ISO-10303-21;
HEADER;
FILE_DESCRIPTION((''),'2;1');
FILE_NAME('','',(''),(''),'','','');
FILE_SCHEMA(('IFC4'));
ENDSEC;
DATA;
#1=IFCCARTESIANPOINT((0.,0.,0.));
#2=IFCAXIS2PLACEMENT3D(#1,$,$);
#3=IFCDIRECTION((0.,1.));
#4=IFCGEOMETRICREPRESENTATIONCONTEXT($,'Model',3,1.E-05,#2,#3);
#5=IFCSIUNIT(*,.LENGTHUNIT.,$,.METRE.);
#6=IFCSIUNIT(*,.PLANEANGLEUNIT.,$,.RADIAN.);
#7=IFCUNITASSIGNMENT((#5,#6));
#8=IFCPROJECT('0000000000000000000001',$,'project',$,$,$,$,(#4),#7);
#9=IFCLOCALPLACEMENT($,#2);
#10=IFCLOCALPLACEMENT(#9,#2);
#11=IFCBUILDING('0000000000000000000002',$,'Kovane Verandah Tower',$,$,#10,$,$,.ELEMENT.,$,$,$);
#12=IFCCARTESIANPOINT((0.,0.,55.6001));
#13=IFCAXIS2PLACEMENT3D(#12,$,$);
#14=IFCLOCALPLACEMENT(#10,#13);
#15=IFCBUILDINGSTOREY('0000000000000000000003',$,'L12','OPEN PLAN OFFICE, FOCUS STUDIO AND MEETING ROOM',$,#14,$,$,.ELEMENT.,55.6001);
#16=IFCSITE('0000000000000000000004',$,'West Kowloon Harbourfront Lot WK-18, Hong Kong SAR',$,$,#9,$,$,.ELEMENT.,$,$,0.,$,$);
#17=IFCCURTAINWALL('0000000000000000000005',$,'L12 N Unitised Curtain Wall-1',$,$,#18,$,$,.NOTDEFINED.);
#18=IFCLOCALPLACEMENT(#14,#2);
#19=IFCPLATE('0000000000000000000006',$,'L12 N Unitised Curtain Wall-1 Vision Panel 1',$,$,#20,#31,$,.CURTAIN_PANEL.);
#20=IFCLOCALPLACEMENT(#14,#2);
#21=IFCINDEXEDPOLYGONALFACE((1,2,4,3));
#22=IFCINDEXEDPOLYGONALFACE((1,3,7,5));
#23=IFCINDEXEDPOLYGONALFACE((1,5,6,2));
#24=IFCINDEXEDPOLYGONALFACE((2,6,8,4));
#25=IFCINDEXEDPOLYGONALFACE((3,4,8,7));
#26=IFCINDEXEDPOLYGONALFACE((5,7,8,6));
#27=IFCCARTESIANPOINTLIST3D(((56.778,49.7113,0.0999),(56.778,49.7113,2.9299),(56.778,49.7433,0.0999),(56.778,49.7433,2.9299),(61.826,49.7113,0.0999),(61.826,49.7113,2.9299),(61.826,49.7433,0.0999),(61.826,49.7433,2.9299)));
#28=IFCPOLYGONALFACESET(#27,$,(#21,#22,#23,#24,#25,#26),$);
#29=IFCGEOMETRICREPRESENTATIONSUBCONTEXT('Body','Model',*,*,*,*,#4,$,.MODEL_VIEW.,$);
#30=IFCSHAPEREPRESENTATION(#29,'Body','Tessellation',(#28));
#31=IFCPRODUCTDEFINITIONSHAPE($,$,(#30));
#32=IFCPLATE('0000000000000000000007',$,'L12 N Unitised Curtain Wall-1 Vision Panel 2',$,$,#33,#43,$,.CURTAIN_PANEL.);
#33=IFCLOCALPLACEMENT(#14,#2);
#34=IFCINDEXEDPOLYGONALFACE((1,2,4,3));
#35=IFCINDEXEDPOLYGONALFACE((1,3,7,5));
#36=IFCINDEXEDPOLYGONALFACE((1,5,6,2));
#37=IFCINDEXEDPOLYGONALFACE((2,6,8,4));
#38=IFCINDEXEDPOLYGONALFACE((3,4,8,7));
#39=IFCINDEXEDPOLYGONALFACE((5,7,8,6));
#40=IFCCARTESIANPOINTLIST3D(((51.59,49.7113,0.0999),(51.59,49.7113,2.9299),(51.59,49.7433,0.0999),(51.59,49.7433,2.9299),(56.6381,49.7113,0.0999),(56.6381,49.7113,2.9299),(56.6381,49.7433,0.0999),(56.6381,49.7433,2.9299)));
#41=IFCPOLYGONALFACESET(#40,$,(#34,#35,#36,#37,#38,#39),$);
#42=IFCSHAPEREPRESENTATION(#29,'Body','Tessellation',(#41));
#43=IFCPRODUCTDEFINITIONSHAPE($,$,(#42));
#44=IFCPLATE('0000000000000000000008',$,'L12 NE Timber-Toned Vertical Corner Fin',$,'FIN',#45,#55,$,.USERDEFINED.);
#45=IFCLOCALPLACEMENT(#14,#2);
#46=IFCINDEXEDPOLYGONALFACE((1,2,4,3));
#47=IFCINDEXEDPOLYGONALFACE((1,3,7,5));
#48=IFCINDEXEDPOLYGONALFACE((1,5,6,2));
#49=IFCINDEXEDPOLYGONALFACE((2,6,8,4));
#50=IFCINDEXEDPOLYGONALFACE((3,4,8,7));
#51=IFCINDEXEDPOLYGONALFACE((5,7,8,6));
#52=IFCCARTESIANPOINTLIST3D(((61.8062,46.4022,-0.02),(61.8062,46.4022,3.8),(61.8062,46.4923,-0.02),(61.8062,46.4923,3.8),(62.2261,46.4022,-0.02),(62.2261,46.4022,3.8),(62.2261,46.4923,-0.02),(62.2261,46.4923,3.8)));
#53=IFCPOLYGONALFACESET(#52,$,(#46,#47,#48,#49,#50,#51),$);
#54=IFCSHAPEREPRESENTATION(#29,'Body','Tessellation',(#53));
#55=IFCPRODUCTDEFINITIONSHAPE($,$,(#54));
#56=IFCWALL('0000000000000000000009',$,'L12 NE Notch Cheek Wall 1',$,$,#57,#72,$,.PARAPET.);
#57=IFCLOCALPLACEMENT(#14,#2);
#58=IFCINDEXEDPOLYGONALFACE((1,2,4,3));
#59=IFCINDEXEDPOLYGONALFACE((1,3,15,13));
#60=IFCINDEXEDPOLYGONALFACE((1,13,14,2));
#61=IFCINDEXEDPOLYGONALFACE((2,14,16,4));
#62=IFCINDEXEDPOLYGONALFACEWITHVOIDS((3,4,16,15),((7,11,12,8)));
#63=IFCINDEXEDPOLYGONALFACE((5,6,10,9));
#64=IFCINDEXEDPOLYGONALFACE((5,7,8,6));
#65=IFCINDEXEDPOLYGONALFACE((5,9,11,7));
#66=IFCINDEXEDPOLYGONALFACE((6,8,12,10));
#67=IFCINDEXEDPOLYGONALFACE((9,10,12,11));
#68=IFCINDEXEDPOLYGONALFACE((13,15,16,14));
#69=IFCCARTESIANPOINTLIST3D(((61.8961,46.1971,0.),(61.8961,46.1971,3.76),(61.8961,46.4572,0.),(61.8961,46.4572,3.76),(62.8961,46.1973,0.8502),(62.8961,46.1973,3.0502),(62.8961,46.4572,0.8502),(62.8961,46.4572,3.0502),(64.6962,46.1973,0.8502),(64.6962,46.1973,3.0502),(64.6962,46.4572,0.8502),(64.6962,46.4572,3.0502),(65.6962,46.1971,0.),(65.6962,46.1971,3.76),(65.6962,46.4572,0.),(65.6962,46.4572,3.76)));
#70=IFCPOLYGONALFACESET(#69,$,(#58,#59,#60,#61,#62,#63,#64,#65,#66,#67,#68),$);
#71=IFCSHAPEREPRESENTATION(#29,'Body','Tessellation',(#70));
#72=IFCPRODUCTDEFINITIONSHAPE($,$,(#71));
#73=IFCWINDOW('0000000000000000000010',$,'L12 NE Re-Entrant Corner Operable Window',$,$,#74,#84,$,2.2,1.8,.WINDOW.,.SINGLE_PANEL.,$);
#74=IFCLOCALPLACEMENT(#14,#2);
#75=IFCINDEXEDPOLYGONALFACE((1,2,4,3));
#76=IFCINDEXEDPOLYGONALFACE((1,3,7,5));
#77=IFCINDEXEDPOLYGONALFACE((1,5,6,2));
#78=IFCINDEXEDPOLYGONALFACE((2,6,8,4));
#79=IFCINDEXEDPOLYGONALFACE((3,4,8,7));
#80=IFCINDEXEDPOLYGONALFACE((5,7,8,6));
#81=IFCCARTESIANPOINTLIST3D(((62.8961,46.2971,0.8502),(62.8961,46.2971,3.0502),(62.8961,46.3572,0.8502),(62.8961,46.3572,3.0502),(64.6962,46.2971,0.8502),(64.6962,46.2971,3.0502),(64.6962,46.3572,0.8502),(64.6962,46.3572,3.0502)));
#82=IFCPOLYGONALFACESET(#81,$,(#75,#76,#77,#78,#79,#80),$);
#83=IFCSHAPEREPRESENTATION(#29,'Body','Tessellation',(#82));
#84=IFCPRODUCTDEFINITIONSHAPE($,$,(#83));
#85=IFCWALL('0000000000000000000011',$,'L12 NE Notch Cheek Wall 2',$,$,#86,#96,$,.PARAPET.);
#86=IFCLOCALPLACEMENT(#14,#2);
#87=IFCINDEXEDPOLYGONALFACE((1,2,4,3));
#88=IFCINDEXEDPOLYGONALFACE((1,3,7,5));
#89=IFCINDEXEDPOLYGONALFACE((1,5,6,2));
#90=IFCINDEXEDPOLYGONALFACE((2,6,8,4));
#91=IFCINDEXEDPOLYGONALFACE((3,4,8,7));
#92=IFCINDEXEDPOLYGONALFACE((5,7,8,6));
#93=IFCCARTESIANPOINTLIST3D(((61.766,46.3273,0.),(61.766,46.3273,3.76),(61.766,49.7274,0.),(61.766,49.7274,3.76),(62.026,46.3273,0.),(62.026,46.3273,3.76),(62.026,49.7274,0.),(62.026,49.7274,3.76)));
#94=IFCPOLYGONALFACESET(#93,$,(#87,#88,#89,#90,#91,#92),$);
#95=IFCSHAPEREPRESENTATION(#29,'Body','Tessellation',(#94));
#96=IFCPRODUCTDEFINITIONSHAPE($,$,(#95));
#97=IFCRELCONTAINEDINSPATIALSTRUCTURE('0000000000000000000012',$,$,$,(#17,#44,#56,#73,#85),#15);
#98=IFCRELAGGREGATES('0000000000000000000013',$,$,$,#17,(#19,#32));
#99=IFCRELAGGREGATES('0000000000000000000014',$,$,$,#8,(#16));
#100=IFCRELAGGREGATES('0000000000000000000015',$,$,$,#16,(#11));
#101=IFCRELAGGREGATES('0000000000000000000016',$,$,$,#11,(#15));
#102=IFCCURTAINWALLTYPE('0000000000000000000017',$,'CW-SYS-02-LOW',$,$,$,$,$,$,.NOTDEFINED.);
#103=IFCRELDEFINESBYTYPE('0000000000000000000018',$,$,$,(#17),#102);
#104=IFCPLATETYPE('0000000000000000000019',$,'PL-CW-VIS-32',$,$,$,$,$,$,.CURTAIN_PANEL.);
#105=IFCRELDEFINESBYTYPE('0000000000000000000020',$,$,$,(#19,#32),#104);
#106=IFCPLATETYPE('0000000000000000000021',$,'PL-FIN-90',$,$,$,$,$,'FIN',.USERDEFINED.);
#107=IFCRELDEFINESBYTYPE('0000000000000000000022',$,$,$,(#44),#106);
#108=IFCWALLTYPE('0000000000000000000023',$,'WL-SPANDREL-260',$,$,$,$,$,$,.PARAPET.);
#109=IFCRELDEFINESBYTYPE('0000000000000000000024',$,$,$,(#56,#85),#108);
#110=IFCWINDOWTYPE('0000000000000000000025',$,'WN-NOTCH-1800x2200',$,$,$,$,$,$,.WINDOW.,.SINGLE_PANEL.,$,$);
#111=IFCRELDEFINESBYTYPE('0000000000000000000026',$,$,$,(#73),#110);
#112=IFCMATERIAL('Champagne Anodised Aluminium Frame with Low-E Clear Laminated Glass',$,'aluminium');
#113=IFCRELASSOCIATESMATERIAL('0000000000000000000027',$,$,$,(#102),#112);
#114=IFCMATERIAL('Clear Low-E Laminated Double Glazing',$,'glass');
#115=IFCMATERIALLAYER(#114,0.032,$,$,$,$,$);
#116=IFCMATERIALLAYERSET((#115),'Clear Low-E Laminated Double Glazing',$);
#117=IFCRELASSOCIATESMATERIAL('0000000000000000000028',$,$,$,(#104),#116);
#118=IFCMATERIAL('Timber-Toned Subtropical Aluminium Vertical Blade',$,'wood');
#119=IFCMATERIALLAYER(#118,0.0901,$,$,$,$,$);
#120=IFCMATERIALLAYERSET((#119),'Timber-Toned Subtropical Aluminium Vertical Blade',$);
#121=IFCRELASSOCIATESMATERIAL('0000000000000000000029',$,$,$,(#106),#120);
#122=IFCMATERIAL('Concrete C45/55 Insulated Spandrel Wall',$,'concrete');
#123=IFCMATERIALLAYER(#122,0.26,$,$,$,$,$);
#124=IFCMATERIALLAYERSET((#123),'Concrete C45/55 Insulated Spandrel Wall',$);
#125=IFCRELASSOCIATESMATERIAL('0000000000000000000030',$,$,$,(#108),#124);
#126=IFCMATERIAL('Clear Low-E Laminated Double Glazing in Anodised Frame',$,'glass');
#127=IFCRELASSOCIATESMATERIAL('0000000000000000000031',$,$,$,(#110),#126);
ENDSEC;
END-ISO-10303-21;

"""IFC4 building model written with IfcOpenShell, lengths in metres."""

from ifc_helpers import new_model, si_unit, direction, frame, frame_2d, origin, origin_2d, place, context, subcontext, project, spatial, rectangle, extrude, material, layer, layer_set, type_object, element, fill, aggregate, save


model = new_model("IFC4")

# Units and contexts
model_context = context("Model", 3, precision=1e-05, world=origin(), true_north=direction((0.0, 1.0)))
body_context = subcontext(model_context, "Body", "Model", "MODEL_VIEW")
ifc_project = project(units=[si_unit("LENGTHUNIT", "METRE"), si_unit("PLANEANGLEUNIT", "RADIAN")], contexts=[model_context])

# Site, building, storey
site_placement = place(None, origin())
site = spatial("IfcSite", under=ifc_project, at=site_placement, Name="West Kowloon Harbourfront Lot WK-18, Hong Kong SAR", CompositionType="ELEMENT", RefElevation=0.0)
building_placement = place(site_placement, origin())
building = spatial("IfcBuilding", under=site, at=building_placement, Name="Kovane Verandah Tower", CompositionType="ELEMENT")
storey_placement = place(building_placement, frame((0.0, 0.0, 55.6001)))
storey = spatial("IfcBuildingStorey", under=building, at=storey_placement, Name="L12", Description="OPEN PLAN OFFICE, FOCUS STUDIO AND MEETING ROOM", CompositionType="ELEMENT", Elevation=55.6001)

# Shared definitions
ifc_material_1 = material(Name="Champagne Anodised Aluminium Frame with Low-E Clear Laminated Glass", Category="aluminium")
curtain_wall_type = type_object("IfcCurtainWallType", Name="CW-SYS-02-LOW", PredefinedType="NOTDEFINED", material=ifc_material_1)

# Curtain wall, plates
curtain_wall_1_placement = place(storey_placement, origin())
curtain_wall_1 = element("IfcCurtainWall", 1, at=curtain_wall_1_placement, inside=storey, type_object=curtain_wall_type, Name="L12 N Unitised Curtain Wall-1", PredefinedType="NOTDEFINED")
ifc_material_2 = material(Name="Clear Low-E Laminated Double Glazing", Category="glass")
ifc_layer_1 = layer(ifc_material_2, 0.032)
ifc_layer_set_1 = layer_set([ifc_layer_1], Name="Clear Low-E Laminated Double Glazing")
plate_type_1 = type_object("IfcPlateType", Name="PL-CW-VIS-32", PredefinedType="CURTAIN_PANEL", material=ifc_layer_set_1)
plate_1_placement = place(storey_placement, frame((59.302, 49.7273, 0.0999), z_axis=(0.0, 0.0, 1.0), x_axis=(-1.0, 0.0, 0.0)))
plate_1 = element("IfcPlate", 2, at=plate_1_placement, type_object=plate_type_1, Name="L12 N Unitised Curtain Wall-1 Vision Panel 1", PredefinedType="CURTAIN_PANEL", context=body_context, shape_type="SweptSolid", body=[
    extrude(rectangle(XDim=5.0481, YDim=0.032, at=origin_2d()), origin(), (0.0, 0.0, 1.0), 2.8301),
])
plate_2_placement = place(storey_placement, frame((54.114, 49.7273, 0.0999), z_axis=(0.0, 0.0, 1.0), x_axis=(-1.0, 0.0, 0.0)))
plate_2 = element("IfcPlate", 3, at=plate_2_placement, type_object=plate_type_1, Name="L12 N Unitised Curtain Wall-1 Vision Panel 2", PredefinedType="CURTAIN_PANEL", context=body_context, shape_type="SweptSolid", body=[
    extrude(rectangle(XDim=5.0481, YDim=0.032, at=origin_2d()), origin(), (0.0, 0.0, 1.0), 2.8301),
])
aggregate(curtain_wall_1, [plate_1, plate_2])

# Plate
ifc_material_3 = material(Name="Timber-Toned Subtropical Aluminium Vertical Blade", Category="wood")
ifc_layer_2 = layer(ifc_material_3, 0.0901)
ifc_layer_set_2 = layer_set([ifc_layer_2], Name="Timber-Toned Subtropical Aluminium Vertical Blade")
plate_type_2 = type_object("IfcPlateType", Name="PL-FIN-90", ElementType="FIN", PredefinedType="USERDEFINED", material=ifc_layer_set_2)
plate_3_placement = place(storey_placement, frame((62.0161, 46.4473, -0.02), z_axis=(0.0, 0.0, 1.0), x_axis=(1.0, 0.0, 0.0)))
element("IfcPlate", 4, at=plate_3_placement, inside=storey, type_object=plate_type_2, Name="L12 NE Timber-Toned Vertical Corner Fin", ObjectType="FIN", PredefinedType="USERDEFINED", context=body_context, shape_type="SweptSolid", body=[
    extrude(rectangle(XDim=0.4199, YDim=0.0901, at=origin_2d()), origin(), (0.0, 0.0, 1.0), 3.8201),
])

# Wall, opening, window
ifc_material_4 = material(Name="Concrete C45/55 Insulated Spandrel Wall", Category="concrete")
ifc_layer_3 = layer(ifc_material_4, 0.26)
ifc_layer_set_3 = layer_set([ifc_layer_3], Name="Concrete C45/55 Insulated Spandrel Wall")
wall_type = type_object("IfcWallType", Name="WL-SPANDREL-260", PredefinedType="PARAPET", material=ifc_layer_set_3)
wall_1_placement = place(storey_placement, frame((65.696, 46.3271, 0.0), z_axis=(0.0, 0.0, 1.0), x_axis=(-1.0, 0.0, 0.0)))
wall_1 = element("IfcWall", 5, at=wall_1_placement, inside=storey, type_object=wall_type, Name="L12 NE Notch Cheek Wall 1", PredefinedType="PARAPET", context=body_context, shape_type="SweptSolid", body=[
    extrude(rectangle(XDim=3.8, YDim=0.26, at=frame_2d((1.8999, 0.0))), origin(), (0.0, 0.0, 1.0), 3.76),
])
opening_placement = place(wall_1_placement, frame((1.0, 0.0, 0.8501)))
opening = element("IfcOpeningElement", 6, at=opening_placement, cuts=wall_1, PredefinedType="OPENING", context=body_context, shape_type="SweptSolid", body=[
    extrude(rectangle(XDim=1.8, YDim=2.2, at=frame_2d((0.8999, 1.1001))), frame((0.0, 0.1299, 0.0), z_axis=(0.0, -1.0, 0.0), x_axis=(1.0, 0.0, 0.0)), (0.0, 0.0, 1.0), 0.26),
])
ifc_material_5 = material(Name="Clear Low-E Laminated Double Glazing in Anodised Frame", Category="glass")
window_type = type_object("IfcWindowType", Name="WN-NOTCH-1800x2200", PartitioningType="SINGLE_PANEL", PredefinedType="WINDOW", material=ifc_material_5)
window_placement = place(opening_placement, origin())
window = element("IfcWindow", 7, at=window_placement, inside=storey, type_object=window_type, Name="L12 NE Re-Entrant Corner Operable Window", OverallHeight=2.2, OverallWidth=1.8, PartitioningType="SINGLE_PANEL", PredefinedType="WINDOW", context=body_context, shape_type="SweptSolid", body=[
    extrude(rectangle(XDim=1.8, YDim=2.2, at=frame_2d((0.8999, 1.1001))), frame((0.0, 0.03, 0.0), z_axis=(0.0, -1.0, 0.0), x_axis=(1.0, 0.0, 0.0)), (0.0, 0.0, 1.0), 0.0601),
])
fill(opening, window)

# Wall
wall_2_placement = place(storey_placement, frame((61.896, 46.3271, 0.0), z_axis=(0.0, 0.0, 1.0), x_axis=(0.0, 1.0, 0.0)))
element("IfcWall", 8, at=wall_2_placement, inside=storey, type_object=wall_type, Name="L12 NE Notch Cheek Wall 2", PredefinedType="PARAPET", context=body_context, shape_type="SweptSolid", body=[
    extrude(rectangle(XDim=3.4001, YDim=0.26, at=frame_2d((1.7002, 0.0))), origin(), (0.0, 0.0, 1.0), 3.76),
])

save(model, "model.ifc")
